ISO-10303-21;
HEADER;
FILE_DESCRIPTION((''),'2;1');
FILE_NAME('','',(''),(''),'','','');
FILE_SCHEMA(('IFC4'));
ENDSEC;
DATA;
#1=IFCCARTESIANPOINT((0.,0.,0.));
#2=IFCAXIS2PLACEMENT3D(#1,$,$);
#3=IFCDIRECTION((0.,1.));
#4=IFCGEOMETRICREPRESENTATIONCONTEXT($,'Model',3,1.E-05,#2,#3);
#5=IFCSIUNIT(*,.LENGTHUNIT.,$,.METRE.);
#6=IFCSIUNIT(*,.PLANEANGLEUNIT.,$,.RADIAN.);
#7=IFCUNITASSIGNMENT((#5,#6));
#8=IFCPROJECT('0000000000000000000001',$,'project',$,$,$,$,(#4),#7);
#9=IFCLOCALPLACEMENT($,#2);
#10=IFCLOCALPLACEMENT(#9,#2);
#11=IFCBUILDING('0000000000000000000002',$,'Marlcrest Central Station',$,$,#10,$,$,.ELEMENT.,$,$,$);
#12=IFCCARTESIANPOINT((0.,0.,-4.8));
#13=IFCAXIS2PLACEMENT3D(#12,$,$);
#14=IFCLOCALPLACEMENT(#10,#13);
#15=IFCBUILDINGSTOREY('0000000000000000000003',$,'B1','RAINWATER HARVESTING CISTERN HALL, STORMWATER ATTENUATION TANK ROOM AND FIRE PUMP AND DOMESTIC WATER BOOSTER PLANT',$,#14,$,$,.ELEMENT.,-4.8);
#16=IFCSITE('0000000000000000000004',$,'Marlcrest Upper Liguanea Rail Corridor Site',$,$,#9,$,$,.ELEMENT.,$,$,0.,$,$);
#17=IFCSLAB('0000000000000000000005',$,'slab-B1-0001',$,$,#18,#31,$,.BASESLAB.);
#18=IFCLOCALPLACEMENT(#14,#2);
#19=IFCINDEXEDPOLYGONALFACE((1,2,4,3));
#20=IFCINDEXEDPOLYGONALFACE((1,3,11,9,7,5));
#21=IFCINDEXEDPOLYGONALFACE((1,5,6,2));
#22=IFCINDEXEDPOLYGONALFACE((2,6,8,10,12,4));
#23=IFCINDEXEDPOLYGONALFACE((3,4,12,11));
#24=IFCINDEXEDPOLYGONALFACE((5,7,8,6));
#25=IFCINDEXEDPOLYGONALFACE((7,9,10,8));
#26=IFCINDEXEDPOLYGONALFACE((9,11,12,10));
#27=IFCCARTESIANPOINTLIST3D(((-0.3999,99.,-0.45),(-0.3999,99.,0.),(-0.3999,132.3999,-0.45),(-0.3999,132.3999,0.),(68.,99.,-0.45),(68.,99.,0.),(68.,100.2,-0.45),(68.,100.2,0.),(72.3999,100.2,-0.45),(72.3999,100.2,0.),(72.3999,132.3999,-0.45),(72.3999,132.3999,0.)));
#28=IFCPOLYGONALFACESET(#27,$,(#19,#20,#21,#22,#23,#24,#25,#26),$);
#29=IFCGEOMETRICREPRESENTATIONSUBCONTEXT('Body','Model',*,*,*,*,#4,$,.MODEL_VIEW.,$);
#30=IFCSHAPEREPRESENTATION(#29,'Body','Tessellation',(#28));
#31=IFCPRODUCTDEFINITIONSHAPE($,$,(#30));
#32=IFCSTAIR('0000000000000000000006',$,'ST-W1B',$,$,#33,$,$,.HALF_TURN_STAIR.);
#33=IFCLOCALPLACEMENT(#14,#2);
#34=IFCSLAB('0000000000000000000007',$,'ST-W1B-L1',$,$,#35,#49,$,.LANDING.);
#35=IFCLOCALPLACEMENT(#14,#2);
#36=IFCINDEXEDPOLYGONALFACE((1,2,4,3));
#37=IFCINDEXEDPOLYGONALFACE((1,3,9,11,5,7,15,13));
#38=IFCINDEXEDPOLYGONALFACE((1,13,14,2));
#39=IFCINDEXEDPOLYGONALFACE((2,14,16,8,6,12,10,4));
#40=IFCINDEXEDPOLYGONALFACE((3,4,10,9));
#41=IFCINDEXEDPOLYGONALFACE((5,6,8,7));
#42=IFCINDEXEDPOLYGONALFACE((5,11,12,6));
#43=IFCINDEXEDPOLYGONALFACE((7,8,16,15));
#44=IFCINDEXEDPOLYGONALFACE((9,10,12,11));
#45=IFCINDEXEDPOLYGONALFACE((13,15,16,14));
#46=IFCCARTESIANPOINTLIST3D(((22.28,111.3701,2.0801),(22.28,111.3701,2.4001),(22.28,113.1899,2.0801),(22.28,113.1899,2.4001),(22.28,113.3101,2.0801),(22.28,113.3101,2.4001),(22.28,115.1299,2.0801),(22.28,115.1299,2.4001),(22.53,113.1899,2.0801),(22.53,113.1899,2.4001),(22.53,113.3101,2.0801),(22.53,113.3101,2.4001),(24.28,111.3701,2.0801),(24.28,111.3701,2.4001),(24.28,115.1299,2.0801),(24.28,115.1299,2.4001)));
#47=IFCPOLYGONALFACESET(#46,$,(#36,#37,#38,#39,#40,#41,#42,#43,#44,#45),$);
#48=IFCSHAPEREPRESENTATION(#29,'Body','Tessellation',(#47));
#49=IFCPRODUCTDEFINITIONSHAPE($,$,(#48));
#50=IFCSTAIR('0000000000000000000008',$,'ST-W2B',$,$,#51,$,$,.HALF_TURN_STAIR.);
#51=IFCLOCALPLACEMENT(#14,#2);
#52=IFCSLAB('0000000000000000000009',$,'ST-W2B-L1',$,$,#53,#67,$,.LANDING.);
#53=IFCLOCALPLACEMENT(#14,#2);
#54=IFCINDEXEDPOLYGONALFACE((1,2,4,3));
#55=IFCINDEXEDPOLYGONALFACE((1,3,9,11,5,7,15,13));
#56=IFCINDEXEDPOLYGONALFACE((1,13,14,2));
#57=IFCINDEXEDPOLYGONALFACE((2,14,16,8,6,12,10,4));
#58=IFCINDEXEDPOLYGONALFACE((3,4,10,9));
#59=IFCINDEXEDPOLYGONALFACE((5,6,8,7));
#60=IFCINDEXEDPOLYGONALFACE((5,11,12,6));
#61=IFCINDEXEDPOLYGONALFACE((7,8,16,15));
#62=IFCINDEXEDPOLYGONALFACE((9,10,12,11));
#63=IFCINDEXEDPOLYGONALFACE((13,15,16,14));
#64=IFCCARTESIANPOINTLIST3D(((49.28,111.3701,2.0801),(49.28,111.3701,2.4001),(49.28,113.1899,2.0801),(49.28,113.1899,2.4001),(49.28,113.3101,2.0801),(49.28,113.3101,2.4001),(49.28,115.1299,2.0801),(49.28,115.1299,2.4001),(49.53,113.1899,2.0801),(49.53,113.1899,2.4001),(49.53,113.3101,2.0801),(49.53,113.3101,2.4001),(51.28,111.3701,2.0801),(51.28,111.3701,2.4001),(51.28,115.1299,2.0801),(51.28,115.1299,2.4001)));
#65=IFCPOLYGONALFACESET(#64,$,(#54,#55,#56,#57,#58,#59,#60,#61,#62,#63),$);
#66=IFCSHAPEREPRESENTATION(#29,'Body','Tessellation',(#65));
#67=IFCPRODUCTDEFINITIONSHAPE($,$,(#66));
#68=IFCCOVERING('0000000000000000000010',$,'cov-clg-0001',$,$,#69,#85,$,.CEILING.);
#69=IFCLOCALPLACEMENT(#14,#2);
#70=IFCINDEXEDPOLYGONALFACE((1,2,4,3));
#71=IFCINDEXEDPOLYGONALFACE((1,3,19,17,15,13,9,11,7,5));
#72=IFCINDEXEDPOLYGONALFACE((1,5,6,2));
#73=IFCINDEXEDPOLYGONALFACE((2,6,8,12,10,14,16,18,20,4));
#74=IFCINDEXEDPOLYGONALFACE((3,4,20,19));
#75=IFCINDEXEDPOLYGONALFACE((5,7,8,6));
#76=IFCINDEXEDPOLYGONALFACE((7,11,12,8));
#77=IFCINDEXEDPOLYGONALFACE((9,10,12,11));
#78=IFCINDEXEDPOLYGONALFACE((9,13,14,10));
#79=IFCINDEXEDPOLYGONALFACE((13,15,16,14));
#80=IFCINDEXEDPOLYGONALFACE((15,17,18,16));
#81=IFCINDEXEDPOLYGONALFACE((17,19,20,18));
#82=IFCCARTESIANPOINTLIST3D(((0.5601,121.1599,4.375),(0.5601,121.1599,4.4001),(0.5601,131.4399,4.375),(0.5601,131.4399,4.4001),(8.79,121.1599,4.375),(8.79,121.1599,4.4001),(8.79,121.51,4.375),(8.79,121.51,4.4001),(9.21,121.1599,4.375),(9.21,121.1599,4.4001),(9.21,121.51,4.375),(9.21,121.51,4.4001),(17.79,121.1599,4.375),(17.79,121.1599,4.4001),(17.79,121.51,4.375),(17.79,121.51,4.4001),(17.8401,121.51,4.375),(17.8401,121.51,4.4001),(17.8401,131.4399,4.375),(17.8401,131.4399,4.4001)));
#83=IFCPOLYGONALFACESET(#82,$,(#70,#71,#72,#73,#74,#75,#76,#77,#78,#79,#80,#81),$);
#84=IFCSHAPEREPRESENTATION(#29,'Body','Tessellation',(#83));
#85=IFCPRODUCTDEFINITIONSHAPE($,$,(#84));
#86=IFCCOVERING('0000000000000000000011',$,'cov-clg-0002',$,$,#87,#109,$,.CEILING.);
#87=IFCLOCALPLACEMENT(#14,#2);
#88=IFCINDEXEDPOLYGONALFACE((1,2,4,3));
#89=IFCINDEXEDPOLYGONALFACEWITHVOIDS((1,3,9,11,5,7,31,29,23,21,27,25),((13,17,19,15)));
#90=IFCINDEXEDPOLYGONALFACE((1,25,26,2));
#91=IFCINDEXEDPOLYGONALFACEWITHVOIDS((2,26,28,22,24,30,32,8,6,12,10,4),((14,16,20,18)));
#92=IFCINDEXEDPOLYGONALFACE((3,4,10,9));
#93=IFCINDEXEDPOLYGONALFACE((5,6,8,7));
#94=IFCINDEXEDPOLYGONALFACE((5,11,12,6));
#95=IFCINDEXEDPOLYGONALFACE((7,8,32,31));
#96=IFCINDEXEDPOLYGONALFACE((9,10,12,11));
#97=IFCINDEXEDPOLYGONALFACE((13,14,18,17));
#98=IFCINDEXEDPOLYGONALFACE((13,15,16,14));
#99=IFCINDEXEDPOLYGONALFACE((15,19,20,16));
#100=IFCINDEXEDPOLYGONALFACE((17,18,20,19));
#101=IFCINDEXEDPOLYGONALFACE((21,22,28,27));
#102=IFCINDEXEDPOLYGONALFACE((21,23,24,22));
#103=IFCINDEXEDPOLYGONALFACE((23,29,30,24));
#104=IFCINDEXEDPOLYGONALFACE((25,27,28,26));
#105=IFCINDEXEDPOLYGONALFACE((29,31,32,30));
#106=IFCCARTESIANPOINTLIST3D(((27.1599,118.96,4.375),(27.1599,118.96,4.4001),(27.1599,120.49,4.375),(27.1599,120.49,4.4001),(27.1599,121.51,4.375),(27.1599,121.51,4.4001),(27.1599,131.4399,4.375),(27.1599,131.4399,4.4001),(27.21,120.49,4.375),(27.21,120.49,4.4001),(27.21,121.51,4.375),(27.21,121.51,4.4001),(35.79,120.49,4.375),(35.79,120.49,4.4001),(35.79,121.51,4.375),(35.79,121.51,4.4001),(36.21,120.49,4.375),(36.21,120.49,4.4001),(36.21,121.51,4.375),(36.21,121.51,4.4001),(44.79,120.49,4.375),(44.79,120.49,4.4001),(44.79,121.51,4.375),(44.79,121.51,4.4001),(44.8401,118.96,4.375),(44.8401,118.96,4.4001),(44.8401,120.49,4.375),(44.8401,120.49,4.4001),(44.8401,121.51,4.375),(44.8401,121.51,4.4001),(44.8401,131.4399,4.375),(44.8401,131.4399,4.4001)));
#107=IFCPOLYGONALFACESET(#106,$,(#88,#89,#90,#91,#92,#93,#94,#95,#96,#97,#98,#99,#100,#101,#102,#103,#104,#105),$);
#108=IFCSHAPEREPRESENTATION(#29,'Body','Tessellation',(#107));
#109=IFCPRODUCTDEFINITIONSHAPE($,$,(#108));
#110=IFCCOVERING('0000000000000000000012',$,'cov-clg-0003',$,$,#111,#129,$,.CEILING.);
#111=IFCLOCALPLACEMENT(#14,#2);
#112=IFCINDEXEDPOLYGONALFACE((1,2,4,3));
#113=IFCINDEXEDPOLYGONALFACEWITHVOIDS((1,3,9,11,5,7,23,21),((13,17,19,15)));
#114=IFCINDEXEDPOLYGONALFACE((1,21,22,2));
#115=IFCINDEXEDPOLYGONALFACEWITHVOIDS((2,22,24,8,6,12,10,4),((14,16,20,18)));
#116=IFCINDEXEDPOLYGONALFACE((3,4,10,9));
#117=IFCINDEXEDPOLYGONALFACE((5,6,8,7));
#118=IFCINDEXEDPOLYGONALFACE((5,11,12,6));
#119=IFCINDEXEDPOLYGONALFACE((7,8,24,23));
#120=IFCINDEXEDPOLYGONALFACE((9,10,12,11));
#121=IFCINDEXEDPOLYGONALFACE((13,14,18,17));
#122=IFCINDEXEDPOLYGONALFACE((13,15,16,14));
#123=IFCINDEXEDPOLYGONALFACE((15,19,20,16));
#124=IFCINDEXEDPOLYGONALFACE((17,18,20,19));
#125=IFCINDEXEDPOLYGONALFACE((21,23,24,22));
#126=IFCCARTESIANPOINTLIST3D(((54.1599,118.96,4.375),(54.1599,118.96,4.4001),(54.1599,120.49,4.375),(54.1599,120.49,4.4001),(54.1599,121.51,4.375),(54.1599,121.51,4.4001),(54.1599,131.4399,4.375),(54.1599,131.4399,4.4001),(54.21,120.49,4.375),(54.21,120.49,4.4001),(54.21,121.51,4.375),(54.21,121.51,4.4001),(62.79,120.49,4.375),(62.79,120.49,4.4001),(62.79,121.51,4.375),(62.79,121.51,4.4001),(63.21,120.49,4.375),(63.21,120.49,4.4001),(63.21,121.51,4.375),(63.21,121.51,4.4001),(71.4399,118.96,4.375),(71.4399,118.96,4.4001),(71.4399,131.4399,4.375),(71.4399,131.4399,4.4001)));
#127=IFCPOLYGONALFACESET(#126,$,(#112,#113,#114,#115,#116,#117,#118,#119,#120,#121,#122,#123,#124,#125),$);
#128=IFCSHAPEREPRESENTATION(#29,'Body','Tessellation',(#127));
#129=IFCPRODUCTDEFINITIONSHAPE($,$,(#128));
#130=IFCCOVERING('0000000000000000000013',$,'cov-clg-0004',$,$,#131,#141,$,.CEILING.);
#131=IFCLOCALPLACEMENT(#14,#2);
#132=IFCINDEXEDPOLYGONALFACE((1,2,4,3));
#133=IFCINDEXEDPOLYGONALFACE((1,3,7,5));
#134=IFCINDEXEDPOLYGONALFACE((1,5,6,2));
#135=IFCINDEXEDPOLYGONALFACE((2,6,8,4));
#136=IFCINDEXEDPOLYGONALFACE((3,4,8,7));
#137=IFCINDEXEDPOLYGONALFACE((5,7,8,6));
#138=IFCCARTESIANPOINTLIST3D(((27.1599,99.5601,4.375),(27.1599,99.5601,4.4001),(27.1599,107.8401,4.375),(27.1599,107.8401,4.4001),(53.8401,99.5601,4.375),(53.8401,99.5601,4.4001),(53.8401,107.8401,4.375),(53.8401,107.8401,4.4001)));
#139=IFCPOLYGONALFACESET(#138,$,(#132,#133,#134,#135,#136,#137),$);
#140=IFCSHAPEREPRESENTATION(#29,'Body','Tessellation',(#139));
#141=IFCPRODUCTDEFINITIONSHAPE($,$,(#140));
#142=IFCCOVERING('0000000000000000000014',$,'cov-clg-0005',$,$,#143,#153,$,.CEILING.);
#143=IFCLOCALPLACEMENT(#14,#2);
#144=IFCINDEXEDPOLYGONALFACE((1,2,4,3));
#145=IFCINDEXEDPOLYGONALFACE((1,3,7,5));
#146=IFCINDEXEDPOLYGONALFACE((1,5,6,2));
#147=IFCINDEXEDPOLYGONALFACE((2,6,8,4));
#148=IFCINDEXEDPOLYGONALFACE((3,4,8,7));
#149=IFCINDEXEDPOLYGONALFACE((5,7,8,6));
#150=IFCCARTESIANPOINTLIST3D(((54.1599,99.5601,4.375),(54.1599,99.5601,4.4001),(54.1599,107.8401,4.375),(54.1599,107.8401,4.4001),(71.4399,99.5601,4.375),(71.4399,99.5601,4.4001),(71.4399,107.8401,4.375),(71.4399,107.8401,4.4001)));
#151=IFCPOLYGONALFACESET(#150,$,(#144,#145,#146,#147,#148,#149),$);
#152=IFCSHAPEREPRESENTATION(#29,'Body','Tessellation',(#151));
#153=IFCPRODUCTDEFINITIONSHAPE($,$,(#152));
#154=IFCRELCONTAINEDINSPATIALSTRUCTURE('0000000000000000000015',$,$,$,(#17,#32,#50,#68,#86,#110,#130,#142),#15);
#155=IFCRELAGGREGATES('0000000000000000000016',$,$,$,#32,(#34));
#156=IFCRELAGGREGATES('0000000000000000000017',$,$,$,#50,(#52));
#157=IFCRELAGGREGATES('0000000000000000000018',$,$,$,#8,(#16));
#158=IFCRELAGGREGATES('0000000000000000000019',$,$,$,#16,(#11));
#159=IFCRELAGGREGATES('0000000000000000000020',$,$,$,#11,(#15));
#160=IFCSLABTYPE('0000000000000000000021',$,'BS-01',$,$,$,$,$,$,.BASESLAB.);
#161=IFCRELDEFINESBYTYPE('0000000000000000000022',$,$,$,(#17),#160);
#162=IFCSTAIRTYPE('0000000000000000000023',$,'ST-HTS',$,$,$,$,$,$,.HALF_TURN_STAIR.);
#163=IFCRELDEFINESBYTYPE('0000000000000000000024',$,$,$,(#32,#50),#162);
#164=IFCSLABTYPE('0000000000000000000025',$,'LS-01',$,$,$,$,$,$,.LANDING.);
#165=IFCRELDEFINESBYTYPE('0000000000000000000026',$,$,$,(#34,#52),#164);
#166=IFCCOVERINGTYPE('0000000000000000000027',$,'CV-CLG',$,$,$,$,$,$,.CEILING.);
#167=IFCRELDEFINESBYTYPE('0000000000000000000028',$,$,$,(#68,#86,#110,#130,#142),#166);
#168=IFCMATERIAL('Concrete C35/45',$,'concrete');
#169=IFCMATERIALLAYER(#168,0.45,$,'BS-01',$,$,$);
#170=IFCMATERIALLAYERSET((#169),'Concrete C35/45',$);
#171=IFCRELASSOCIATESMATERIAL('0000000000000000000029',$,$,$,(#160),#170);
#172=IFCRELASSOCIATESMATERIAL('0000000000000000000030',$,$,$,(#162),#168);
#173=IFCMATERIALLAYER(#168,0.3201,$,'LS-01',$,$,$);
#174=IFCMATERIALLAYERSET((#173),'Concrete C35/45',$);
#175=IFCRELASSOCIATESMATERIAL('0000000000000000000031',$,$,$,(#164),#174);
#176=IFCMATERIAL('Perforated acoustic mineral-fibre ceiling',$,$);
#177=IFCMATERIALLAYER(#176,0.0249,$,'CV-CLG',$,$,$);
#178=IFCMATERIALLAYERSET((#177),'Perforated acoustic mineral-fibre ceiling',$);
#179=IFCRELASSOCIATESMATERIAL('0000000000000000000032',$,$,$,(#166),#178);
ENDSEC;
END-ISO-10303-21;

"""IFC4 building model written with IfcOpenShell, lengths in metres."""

from ifc_helpers import new_model, si_unit, direction, frame, origin, place, context, subcontext, project, spatial, polyline, outline, extrude, material, layer, layer_set, type_object, element, aggregate, save


model = new_model("IFC4")

# Units and contexts
model_context = context("Model", 3, precision=1e-05, world=origin(), true_north=direction((0.0, 1.0)))
body_context = subcontext(model_context, "Body", "Model", "MODEL_VIEW")
ifc_project = project(units=[si_unit("LENGTHUNIT", "METRE"), si_unit("PLANEANGLEUNIT", "RADIAN")], contexts=[model_context])

# Site, building, storey
site_placement = place(None, origin())
site = spatial("IfcSite", under=ifc_project, at=site_placement, Name="Marlcrest Upper Liguanea Rail Corridor Site", CompositionType="ELEMENT", RefElevation=0.0)
building_placement = place(site_placement, origin())
building = spatial("IfcBuilding", under=site, at=building_placement, Name="Marlcrest Central Station", CompositionType="ELEMENT")
storey_placement = place(building_placement, frame((0.0, 0.0, -4.8)))
storey = spatial("IfcBuildingStorey", under=building, at=storey_placement, Name="B1", Description="RAINWATER HARVESTING CISTERN HALL, STORMWATER ATTENUATION TANK ROOM AND FIRE PUMP AND DOMESTIC WATER BOOSTER PLANT", CompositionType="ELEMENT", Elevation=-4.8)

# Shared definitions
ifc_material_1 = material(Name="Concrete C35/45", Category="concrete")

# Slab
ifc_layer_1 = layer(ifc_material_1, 0.45, Name="BS-01")
ifc_layer_set_1 = layer_set([ifc_layer_1], Name="Concrete C35/45")
slab_type_1 = type_object("IfcSlabType", Name="BS-01", PredefinedType="BASESLAB", material=ifc_layer_set_1)
slab_1_placement = place(storey_placement, frame((0.0, 0.0, -0.45)))
element("IfcSlab", 1, at=slab_1_placement, inside=storey, type_object=slab_type_1, Name="slab-B1-0001", PredefinedType="BASESLAB", context=body_context, shape_type="SweptSolid", body=[
    extrude(outline(polyline([(-0.3999, 99.0), (68.0, 99.0), (68.0, 100.2), (72.3999, 100.2), (72.3999, 132.3999), (-0.3999, 132.3999), (-0.3999, 99.0)])), origin(), (0.0, 0.0, 1.0), 0.45),
])

# Stairs, slabs
stair_type = type_object("IfcStairType", Name="ST-HTS", PredefinedType="HALF_TURN_STAIR", material=ifc_material_1)
stair_1_placement = place(storey_placement, origin())
stair_1 = element("IfcStair", 2, at=stair_1_placement, inside=storey, type_object=stair_type, Name="ST-W1B", PredefinedType="HALF_TURN_STAIR")
ifc_layer_2 = layer(ifc_material_1, 0.3201, Name="LS-01")
ifc_layer_set_2 = layer_set([ifc_layer_2], Name="Concrete C35/45")
slab_type_2 = type_object("IfcSlabType", Name="LS-01", PredefinedType="LANDING", material=ifc_layer_set_2)
slab_2_placement = place(storey_placement, frame((0.0, 0.0, 2.0801)))
slab_2 = element("IfcSlab", 3, at=slab_2_placement, type_object=slab_type_2, Name="ST-W1B-L1", PredefinedType="LANDING", context=body_context, shape_type="SweptSolid", body=[
    extrude(outline(polyline([(22.28, 111.3701), (24.28, 111.3701), (24.28, 115.1299), (22.28, 115.1299), (22.28, 113.3101), (22.53, 113.3101), (22.53, 113.1899), (22.28, 113.1899), (22.28, 111.3701)])), origin(), (0.0, 0.0, 1.0), 0.3201),
])
aggregate(stair_1, [slab_2])
stair_2_placement = place(storey_placement, origin())
stair_2 = element("IfcStair", 4, at=stair_2_placement, inside=storey, type_object=stair_type, Name="ST-W2B", PredefinedType="HALF_TURN_STAIR")
slab_3_placement = place(storey_placement, frame((0.0, 0.0, 2.0801)))
slab_3 = element("IfcSlab", 5, at=slab_3_placement, type_object=slab_type_2, Name="ST-W2B-L1", PredefinedType="LANDING", context=body_context, shape_type="SweptSolid", body=[
    extrude(outline(polyline([(49.28, 111.3701), (51.28, 111.3701), (51.28, 115.1299), (49.28, 115.1299), (49.28, 113.3101), (49.53, 113.3101), (49.53, 113.1899), (49.28, 113.1899), (49.28, 111.3701)])), origin(), (0.0, 0.0, 1.0), 0.3201),
])
aggregate(stair_2, [slab_3])

# Coverings
ifc_material_2 = material(Name="Perforated acoustic mineral-fibre ceiling")
ifc_layer_3 = layer(ifc_material_2, 0.0249, Name="CV-CLG")
ifc_layer_set_3 = layer_set([ifc_layer_3], Name="Perforated acoustic mineral-fibre ceiling")
covering_type = type_object("IfcCoveringType", Name="CV-CLG", PredefinedType="CEILING", material=ifc_layer_set_3)
covering_1_placement = place(storey_placement, frame((0.0, 0.0, 4.375)))
element("IfcCovering", 6, at=covering_1_placement, inside=storey, type_object=covering_type, Name="cov-clg-0001", PredefinedType="CEILING", context=body_context, shape_type="SweptSolid", body=[
    extrude(outline(polyline([(0.5601, 131.4399), (17.8401, 131.4399), (17.8401, 121.51), (17.79, 121.51), (17.79, 121.1599), (9.21, 121.1599), (9.21, 121.51), (8.79, 121.51), (8.79, 121.1599), (0.5601, 121.1599), (0.5601, 131.4399)])), origin(), (0.0, 0.0, 1.0), 0.0251),
])
covering_2_placement = place(storey_placement, frame((0.0, 0.0, 4.375)))
element("IfcCovering", 7, at=covering_2_placement, inside=storey, type_object=covering_type, Name="cov-clg-0002", PredefinedType="CEILING", context=body_context, shape_type="SweptSolid", body=[
    extrude(outline(polyline([(44.8401, 121.51), (44.79, 121.51), (44.79, 120.49), (44.8401, 120.49), (44.8401, 118.96), (27.1599, 118.96), (27.1599, 120.49), (27.21, 120.49), (27.21, 121.51), (27.1599, 121.51), (27.1599, 131.4399), (44.8401, 131.4399), (44.8401, 121.51)]), holes=[polyline([(35.79, 121.51), (35.79, 120.49), (36.21, 120.49), (36.21, 121.51), (35.79, 121.51)])]), origin(), (0.0, 0.0, 1.0), 0.0251),
])
covering_3_placement = place(storey_placement, frame((0.0, 0.0, 4.375)))
element("IfcCovering", 8, at=covering_3_placement, inside=storey, type_object=covering_type, Name="cov-clg-0003", PredefinedType="CEILING", context=body_context, shape_type="SweptSolid", body=[
    extrude(outline(polyline([(71.4399, 131.4399), (71.4399, 118.96), (54.1599, 118.96), (54.1599, 120.49), (54.21, 120.49), (54.21, 121.51), (54.1599, 121.51), (54.1599, 131.4399), (71.4399, 131.4399)]), holes=[polyline([(63.21, 121.51), (62.79, 121.51), (62.79, 120.49), (63.21, 120.49), (63.21, 121.51)])]), origin(), (0.0, 0.0, 1.0), 0.0251),
])
covering_4_placement = place(storey_placement, frame((0.0, 0.0, 4.375)))
element("IfcCovering", 9, at=covering_4_placement, inside=storey, type_object=covering_type, Name="cov-clg-0004", PredefinedType="CEILING", context=body_context, shape_type="SweptSolid", body=[
    extrude(outline(polyline([(53.8401, 99.5601), (53.8401, 107.8401), (27.1599, 107.8401), (27.1599, 99.5601), (53.8401, 99.5601)])), origin(), (0.0, 0.0, 1.0), 0.0251),
])
covering_5_placement = place(storey_placement, frame((0.0, 0.0, 4.375)))
element("IfcCovering", 10, at=covering_5_placement, inside=storey, type_object=covering_type, Name="cov-clg-0005", PredefinedType="CEILING", context=body_context, shape_type="SweptSolid", body=[
    extrude(outline(polyline([(71.4399, 99.5601), (71.4399, 107.8401), (54.1599, 107.8401), (54.1599, 99.5601), (71.4399, 99.5601)])), origin(), (0.0, 0.0, 1.0), 0.0251),
])

save(model, "model.ifc")
